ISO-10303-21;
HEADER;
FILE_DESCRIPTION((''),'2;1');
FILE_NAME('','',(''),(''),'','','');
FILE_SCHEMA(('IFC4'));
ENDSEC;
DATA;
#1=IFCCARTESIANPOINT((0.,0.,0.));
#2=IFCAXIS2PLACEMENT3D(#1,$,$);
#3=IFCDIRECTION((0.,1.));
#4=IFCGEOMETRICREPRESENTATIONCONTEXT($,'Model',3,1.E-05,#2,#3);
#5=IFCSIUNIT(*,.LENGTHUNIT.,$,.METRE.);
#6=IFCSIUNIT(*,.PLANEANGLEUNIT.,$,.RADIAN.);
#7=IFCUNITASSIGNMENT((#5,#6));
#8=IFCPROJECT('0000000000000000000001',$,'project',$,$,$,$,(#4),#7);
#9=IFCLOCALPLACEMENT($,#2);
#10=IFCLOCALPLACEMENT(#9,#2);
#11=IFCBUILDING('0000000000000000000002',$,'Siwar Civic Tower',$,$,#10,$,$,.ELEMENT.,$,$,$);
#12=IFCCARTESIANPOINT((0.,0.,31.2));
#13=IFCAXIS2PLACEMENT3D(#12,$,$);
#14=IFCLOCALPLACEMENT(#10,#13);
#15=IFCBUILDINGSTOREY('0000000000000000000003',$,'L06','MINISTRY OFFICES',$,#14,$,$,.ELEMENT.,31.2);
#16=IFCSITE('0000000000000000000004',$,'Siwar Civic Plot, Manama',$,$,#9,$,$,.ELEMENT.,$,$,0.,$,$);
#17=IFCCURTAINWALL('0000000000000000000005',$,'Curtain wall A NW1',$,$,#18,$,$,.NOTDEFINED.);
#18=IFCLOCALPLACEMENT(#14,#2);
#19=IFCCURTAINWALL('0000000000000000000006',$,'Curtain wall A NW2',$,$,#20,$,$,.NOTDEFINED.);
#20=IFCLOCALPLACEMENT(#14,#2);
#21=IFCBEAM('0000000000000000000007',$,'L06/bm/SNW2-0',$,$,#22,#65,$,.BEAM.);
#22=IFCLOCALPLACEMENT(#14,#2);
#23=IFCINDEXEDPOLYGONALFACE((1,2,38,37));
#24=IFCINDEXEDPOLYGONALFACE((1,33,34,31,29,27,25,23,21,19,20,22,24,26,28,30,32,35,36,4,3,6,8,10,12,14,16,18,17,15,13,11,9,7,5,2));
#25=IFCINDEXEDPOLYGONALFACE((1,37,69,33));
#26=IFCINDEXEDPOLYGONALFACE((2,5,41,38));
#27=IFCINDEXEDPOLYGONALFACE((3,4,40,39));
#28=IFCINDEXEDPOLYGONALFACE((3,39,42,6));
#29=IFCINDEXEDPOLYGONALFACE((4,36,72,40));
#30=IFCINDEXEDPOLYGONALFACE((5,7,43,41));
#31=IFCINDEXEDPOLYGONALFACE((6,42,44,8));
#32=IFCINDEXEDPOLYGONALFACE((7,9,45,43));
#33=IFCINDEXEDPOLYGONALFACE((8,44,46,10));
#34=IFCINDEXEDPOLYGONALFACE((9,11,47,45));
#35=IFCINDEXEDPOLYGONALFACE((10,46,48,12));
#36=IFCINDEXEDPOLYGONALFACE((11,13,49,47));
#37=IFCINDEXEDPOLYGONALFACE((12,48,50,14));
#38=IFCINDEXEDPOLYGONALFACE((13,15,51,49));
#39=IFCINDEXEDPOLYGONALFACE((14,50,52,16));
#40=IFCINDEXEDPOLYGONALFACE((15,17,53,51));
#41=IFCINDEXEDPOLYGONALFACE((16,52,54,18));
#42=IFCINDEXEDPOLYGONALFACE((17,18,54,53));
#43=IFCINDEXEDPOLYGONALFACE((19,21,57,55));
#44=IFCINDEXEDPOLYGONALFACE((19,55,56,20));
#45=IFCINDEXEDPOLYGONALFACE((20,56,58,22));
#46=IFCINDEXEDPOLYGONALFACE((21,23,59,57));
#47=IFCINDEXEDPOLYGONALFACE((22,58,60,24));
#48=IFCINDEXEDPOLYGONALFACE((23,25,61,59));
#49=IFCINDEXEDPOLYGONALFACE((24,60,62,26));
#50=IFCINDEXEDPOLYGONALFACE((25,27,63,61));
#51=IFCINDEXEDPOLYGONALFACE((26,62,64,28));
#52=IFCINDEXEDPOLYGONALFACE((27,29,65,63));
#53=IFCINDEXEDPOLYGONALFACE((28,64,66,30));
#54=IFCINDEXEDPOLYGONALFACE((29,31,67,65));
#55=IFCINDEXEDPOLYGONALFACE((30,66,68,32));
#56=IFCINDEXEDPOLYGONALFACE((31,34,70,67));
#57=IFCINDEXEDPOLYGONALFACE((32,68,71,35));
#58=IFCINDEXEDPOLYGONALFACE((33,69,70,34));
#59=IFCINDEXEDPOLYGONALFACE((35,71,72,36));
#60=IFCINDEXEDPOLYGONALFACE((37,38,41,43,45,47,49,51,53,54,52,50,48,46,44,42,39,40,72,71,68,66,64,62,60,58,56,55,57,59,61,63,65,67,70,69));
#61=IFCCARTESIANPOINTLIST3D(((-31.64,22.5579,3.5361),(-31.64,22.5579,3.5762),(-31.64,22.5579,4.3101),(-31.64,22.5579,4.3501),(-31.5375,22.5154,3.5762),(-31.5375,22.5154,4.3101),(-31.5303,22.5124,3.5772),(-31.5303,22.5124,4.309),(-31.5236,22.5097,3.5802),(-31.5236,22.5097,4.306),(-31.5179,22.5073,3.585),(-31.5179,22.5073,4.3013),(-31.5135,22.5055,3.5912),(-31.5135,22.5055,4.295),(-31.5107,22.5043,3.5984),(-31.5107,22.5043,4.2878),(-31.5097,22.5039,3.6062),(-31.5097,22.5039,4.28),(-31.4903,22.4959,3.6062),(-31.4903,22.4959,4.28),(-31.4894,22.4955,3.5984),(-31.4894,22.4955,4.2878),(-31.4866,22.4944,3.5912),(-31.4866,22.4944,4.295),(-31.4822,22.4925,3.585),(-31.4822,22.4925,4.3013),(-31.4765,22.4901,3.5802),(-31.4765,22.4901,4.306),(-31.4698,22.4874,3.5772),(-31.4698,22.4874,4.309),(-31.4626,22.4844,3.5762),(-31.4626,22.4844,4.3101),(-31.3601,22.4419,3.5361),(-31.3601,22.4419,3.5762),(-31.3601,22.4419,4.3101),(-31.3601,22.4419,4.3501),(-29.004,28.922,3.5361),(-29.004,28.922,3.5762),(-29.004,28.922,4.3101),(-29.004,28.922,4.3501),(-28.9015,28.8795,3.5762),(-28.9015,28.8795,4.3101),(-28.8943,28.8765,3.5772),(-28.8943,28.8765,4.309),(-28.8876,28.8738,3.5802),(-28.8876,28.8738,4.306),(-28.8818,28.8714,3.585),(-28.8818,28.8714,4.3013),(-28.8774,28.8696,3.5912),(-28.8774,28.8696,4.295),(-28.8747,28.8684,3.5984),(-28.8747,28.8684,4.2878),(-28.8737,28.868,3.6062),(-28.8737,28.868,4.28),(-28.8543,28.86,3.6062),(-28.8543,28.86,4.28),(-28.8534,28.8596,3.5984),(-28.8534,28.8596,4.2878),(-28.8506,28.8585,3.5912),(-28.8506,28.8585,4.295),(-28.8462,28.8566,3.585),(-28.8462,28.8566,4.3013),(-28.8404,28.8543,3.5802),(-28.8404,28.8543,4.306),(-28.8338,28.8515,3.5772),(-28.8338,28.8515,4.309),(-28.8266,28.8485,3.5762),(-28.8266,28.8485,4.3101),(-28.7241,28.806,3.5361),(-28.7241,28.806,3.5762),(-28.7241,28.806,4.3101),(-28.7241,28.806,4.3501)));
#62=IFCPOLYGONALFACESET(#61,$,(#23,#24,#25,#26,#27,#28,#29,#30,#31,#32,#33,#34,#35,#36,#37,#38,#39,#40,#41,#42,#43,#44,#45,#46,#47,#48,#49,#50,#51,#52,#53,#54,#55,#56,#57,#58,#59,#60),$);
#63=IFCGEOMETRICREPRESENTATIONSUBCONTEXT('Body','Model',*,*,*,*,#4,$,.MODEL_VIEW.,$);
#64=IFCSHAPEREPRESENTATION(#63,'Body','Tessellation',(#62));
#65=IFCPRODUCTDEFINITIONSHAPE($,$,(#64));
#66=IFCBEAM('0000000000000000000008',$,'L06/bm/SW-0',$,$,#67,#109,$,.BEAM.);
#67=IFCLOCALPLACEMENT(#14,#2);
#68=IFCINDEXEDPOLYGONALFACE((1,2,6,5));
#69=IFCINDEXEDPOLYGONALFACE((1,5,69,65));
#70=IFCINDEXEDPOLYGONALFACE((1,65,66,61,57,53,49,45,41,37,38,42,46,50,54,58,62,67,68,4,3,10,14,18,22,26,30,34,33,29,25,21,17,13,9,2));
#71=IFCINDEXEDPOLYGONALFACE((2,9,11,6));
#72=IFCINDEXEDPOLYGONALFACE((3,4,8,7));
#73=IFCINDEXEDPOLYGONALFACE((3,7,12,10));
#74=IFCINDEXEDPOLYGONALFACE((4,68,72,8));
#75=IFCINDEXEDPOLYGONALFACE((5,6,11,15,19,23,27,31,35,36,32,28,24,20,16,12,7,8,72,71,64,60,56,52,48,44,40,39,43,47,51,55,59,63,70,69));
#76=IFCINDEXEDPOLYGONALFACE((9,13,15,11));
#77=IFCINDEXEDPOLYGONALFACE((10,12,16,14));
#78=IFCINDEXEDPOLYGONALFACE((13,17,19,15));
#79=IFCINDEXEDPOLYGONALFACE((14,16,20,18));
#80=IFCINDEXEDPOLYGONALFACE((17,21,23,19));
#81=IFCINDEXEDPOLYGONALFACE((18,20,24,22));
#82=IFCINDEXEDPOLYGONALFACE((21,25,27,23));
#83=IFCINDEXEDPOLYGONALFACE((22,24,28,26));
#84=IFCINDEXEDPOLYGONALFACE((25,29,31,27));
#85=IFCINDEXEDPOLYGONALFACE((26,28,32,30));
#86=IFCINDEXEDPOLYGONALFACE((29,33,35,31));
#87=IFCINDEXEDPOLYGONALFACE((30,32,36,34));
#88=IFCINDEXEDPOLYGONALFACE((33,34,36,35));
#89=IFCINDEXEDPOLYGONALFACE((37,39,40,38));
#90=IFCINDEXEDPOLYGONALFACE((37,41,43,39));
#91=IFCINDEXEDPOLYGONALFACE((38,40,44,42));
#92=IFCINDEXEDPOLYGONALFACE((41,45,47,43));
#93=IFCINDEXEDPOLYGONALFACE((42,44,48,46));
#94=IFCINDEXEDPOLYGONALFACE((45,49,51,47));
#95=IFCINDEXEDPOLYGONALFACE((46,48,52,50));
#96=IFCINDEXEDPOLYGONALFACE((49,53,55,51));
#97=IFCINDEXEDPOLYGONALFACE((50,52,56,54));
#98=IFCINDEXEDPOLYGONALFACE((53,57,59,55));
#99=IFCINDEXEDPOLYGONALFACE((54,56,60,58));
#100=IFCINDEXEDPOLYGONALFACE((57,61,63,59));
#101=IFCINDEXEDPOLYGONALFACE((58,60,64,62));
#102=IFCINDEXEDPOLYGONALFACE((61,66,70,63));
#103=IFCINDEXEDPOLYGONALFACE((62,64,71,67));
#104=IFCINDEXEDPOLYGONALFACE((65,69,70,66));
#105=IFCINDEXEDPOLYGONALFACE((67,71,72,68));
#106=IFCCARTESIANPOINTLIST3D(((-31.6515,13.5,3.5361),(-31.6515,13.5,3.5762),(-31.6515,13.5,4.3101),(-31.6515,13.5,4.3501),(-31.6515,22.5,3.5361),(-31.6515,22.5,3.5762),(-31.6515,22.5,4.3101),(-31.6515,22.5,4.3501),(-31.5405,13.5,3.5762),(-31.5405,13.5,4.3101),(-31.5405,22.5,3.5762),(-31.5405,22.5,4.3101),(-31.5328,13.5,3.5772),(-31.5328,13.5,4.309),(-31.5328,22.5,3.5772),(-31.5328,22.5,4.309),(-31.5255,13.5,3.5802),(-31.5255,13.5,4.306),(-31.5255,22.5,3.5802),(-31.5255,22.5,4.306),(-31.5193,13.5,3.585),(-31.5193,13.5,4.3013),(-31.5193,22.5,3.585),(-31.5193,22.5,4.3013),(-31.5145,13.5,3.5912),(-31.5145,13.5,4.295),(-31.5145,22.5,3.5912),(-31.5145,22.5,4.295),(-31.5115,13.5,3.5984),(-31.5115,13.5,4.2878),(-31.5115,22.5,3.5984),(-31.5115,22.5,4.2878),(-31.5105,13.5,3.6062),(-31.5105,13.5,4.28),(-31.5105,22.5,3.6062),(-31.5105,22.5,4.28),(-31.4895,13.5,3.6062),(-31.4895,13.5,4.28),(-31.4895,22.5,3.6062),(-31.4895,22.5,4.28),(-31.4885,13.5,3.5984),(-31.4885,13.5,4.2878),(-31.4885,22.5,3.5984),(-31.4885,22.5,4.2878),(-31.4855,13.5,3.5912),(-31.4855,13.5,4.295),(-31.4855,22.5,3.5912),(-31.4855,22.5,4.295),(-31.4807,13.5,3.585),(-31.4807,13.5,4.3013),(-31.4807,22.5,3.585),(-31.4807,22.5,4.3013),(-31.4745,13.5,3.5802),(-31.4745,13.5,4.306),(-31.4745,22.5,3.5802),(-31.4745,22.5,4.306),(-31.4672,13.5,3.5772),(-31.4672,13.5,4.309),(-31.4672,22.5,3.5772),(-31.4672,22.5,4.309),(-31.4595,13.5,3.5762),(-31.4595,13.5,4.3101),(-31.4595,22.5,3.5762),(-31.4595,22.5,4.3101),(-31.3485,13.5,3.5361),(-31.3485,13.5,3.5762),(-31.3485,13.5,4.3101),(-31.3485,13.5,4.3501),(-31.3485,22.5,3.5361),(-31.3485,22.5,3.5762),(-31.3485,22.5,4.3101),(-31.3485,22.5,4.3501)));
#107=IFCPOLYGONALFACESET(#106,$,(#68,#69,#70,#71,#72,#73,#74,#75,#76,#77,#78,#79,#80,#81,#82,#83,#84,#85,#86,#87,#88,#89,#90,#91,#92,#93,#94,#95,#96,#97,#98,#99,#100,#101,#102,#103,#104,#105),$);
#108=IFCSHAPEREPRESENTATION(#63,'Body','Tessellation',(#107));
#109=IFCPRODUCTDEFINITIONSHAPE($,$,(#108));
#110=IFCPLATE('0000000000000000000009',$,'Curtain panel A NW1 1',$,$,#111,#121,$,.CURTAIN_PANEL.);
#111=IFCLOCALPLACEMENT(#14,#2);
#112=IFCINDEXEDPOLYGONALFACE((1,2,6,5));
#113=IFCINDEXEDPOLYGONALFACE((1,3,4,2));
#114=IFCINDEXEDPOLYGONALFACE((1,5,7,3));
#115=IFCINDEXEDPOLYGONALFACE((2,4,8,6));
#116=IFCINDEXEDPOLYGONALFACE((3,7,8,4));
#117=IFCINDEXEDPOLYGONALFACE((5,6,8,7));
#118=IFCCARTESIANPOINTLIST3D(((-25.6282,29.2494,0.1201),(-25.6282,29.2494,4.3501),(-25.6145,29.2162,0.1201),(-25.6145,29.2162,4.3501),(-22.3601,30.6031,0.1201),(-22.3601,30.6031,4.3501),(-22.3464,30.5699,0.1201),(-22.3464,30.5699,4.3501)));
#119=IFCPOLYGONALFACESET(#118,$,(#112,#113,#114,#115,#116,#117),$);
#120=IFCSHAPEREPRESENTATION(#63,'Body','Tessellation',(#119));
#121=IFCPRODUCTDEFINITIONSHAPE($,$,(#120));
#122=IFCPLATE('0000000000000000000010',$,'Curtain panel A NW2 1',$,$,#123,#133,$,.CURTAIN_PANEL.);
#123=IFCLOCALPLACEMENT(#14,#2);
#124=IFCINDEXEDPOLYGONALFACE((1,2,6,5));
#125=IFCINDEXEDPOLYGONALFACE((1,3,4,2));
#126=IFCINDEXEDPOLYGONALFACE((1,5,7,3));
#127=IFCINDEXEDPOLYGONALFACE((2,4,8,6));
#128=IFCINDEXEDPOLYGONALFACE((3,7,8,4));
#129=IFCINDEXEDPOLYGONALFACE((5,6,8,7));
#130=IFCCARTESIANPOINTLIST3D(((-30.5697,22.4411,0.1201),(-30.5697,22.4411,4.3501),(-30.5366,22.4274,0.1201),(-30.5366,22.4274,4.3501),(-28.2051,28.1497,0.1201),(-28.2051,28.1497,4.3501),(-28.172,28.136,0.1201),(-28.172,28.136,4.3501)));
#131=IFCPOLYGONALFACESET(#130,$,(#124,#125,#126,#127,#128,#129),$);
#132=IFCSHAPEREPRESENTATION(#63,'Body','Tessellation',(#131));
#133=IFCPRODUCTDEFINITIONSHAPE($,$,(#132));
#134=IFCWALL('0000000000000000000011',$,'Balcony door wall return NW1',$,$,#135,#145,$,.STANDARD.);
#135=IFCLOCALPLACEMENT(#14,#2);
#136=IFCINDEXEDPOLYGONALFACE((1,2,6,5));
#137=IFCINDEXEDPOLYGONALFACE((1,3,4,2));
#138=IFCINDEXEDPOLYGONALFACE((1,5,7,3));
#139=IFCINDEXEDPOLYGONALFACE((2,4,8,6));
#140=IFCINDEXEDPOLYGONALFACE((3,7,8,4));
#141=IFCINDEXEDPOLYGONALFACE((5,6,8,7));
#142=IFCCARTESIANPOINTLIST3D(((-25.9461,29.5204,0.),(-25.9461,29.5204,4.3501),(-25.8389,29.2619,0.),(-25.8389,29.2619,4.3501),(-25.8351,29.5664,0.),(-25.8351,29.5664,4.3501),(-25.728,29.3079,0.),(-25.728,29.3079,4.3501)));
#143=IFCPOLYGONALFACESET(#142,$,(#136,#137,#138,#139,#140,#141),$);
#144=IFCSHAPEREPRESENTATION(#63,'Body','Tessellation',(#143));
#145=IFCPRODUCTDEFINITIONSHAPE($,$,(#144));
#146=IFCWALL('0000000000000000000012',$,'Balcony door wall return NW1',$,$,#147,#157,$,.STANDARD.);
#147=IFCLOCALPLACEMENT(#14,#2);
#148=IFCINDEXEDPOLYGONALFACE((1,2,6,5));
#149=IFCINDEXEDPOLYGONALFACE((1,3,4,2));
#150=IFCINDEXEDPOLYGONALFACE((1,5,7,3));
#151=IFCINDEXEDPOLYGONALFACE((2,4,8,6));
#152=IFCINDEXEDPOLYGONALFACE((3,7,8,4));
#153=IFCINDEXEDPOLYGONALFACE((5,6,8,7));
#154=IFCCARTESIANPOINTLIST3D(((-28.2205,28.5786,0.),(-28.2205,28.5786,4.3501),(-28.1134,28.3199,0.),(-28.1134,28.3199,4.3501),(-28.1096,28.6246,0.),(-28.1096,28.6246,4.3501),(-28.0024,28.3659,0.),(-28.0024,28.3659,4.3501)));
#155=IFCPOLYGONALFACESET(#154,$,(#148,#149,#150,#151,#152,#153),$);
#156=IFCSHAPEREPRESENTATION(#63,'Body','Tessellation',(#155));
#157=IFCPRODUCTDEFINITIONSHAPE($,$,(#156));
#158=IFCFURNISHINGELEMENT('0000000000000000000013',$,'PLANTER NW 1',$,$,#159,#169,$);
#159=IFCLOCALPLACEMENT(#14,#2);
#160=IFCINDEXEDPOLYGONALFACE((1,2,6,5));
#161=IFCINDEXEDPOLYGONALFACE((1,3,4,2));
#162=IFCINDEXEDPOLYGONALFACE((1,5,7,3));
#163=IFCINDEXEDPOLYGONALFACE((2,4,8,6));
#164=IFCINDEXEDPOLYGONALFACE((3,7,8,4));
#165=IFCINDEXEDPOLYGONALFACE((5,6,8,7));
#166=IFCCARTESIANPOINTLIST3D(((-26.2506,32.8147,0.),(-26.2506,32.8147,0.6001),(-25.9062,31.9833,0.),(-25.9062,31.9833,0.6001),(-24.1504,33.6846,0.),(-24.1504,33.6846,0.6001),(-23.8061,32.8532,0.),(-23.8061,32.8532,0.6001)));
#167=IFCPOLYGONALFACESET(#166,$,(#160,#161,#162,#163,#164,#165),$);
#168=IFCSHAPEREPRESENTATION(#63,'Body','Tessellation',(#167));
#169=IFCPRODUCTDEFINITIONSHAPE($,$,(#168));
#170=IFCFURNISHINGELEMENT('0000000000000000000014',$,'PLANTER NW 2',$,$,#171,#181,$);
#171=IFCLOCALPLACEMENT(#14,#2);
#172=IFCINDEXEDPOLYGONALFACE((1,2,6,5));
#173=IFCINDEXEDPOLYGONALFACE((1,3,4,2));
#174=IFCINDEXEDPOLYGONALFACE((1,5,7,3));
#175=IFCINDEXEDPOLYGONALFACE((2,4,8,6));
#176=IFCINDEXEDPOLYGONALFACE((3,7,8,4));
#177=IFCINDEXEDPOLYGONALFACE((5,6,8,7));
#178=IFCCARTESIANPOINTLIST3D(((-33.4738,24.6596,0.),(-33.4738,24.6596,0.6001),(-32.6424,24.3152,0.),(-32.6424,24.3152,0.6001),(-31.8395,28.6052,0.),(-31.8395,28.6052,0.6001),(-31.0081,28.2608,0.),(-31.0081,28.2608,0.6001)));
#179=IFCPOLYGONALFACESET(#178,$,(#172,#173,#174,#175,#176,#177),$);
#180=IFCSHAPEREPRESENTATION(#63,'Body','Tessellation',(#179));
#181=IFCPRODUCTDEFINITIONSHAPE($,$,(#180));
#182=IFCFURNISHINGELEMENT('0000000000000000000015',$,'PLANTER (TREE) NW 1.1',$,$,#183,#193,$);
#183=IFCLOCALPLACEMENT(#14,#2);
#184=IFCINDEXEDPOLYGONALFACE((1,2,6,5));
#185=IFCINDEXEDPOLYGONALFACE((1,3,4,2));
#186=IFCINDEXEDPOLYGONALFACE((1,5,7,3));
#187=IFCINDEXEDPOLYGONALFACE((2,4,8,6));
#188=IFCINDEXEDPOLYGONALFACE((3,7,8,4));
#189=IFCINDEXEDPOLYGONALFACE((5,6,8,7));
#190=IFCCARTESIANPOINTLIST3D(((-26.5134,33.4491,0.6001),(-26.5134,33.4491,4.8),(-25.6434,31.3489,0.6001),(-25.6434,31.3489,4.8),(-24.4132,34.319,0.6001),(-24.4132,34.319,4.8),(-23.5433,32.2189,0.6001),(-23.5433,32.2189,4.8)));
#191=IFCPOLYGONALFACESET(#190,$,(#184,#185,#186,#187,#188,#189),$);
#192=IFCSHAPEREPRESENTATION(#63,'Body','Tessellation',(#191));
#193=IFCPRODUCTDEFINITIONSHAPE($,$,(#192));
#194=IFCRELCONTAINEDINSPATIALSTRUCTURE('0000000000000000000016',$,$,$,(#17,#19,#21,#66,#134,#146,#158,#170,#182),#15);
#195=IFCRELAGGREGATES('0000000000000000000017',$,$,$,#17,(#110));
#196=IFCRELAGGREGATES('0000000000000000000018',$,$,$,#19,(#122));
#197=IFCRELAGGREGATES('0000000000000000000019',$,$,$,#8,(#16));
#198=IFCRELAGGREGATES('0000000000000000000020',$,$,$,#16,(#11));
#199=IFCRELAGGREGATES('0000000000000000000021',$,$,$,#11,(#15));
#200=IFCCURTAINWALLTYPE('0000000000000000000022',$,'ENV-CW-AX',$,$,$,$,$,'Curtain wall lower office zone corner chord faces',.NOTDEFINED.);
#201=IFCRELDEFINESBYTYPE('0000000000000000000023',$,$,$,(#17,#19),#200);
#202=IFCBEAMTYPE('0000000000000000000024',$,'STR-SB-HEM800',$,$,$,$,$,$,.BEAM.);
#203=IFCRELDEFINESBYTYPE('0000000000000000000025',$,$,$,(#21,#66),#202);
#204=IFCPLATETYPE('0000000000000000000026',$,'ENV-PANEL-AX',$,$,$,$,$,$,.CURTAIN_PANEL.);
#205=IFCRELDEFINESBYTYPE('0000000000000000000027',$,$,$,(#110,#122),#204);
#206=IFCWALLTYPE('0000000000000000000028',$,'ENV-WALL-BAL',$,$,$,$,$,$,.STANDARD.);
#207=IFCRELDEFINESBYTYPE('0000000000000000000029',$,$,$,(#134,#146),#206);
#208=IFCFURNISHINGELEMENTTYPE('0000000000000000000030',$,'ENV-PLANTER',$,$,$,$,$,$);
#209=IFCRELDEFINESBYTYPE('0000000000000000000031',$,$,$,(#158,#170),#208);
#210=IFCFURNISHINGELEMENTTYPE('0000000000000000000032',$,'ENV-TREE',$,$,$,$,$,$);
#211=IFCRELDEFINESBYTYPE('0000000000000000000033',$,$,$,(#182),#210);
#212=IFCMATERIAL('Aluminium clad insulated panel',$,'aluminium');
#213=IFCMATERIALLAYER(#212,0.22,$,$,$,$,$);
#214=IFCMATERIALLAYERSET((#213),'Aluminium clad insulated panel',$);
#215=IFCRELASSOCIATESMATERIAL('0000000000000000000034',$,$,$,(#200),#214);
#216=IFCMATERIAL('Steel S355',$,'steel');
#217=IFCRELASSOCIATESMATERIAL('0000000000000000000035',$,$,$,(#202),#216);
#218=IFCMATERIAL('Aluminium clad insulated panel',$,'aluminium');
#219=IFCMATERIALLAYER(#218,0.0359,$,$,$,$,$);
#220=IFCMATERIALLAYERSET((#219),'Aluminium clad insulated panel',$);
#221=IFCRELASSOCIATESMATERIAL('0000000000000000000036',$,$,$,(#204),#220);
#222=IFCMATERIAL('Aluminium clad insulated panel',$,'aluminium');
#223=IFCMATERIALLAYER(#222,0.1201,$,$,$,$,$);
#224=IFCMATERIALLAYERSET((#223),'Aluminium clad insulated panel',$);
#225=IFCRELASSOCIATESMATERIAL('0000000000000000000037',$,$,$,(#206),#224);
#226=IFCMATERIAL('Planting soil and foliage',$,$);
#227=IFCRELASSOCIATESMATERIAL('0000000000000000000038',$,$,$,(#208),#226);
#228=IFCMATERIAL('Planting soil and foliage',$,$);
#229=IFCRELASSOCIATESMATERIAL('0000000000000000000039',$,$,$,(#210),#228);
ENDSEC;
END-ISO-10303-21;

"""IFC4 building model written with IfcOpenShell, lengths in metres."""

from ifc_helpers import new_model, si_unit, direction, frame, frame_2d, origin, origin_2d, place, context, subcontext, project, spatial, rectangle, i_section, extrude, material, layer, layer_set, material_profile, profile_set, type_object, element, aggregate, save


model = new_model("IFC4")

# Units and contexts
model_context = context("Model", 3, precision=1e-05, world=origin(), true_north=direction((0.0, 1.0)))
body_context = subcontext(model_context, "Body", "Model", "MODEL_VIEW")
ifc_project = project(units=[si_unit("LENGTHUNIT", "METRE"), si_unit("PLANEANGLEUNIT", "RADIAN")], contexts=[model_context])

# Site, building, storey
site_placement = place(None, origin())
site = spatial("IfcSite", under=ifc_project, at=site_placement, Name="Siwar Civic Plot, Manama", CompositionType="ELEMENT", RefElevation=0.0)
building_placement = place(site_placement, origin())
building = spatial("IfcBuilding", under=site, at=building_placement, Name="Siwar Civic Tower", CompositionType="ELEMENT")
storey_placement = place(building_placement, frame((0.0, 0.0, 31.2)))
storey = spatial("IfcBuildingStorey", under=building, at=storey_placement, Name="L06", Description="MINISTRY OFFICES", CompositionType="ELEMENT", Elevation=31.2)

# Curtain walls
ifc_material_1 = material(Name="Aluminium clad insulated panel", Category="aluminium")
ifc_layer_1 = layer(ifc_material_1, 0.22)
ifc_layer_set_1 = layer_set([ifc_layer_1], Name="Aluminium clad insulated panel")
curtain_wall_type_1 = type_object("IfcCurtainWallType", Name="ENV-CW-AX", ElementType="Curtain wall lower office zone corner chord faces", PredefinedType="NOTDEFINED", material=ifc_layer_set_1)
curtain_wall_1_placement = place(storey_placement, origin())
curtain_wall_1 = element("IfcCurtainWall", 1, at=curtain_wall_1_placement, inside=storey, type_object=curtain_wall_type_1, Name="Curtain wall A NW1", PredefinedType="NOTDEFINED")
curtain_wall_2_placement = place(storey_placement, origin())
curtain_wall_2 = element("IfcCurtainWall", 2, at=curtain_wall_2_placement, inside=storey, type_object=curtain_wall_type_1, Name="Curtain wall A NW2", PredefinedType="NOTDEFINED")

# Beams
ifc_material_2 = material(Name="Steel S355", Category="steel")
ifc_material_profile_1 = material_profile(ifc_material_2, i_section(OverallWidth=0.303, OverallDepth=0.814, WebThickness=0.021, FlangeThickness=0.04, FilletRadius=0.03, at=origin_2d()), Name="HEM800")
ifc_profile_set_1 = profile_set([ifc_material_profile_1], Name="Steel S355")
beam_type_1 = type_object("IfcBeamType", Name="STR-SB-HEM800", PredefinedType="BEAM", material=ifc_profile_set_1)
beam_1_placement = place(storey_placement, frame((-28.864, 28.864, 3.9431), z_axis=(-0.382674, -0.923883, 0.0), x_axis=(0.923883, -0.382674, 0.0)))
element("IfcBeam", 3, at=beam_1_placement, inside=storey, type_object=beam_type_1, Name="L06/bm/SNW2-0", PredefinedType="BEAM", context=body_context, shape_type="SweptSolid", body=[
    extrude(i_section(OverallWidth=0.303, OverallDepth=0.814, WebThickness=0.021, FlangeThickness=0.04, FilletRadius=0.03, at=origin_2d()), origin(), (0.0, 0.0, 1.0), 6.8884),
])
beam_2_placement = place(storey_placement, frame((-31.5, 22.5, 3.9431), z_axis=(0.0, -1.0, 0.0), x_axis=(1.0, 0.0, 0.0)))
element("IfcBeam", 4, at=beam_2_placement, inside=storey, type_object=beam_type_1, Name="L06/bm/SW-0", PredefinedType="BEAM", context=body_context, shape_type="SweptSolid", body=[
    extrude(i_section(OverallWidth=0.303, OverallDepth=0.814, WebThickness=0.021, FlangeThickness=0.04, FilletRadius=0.03, at=origin_2d()), origin(), (0.0, 0.0, 1.0), 9.0),
])

# Plates
ifc_material_3 = material(Name="Aluminium clad insulated panel", Category="aluminium")
ifc_layer_2 = layer(ifc_material_3, 0.0359)
ifc_layer_set_2 = layer_set([ifc_layer_2], Name="Aluminium clad insulated panel")
plate_type = type_object("IfcPlateType", Name="ENV-PANEL-AX", PredefinedType="CURTAIN_PANEL", material=ifc_layer_set_2)
plate_1_placement = place(storey_placement, frame((-23.9873, 29.9097, 0.1201), z_axis=(0.0, 0.0, 1.0), x_axis=(-0.92388, -0.382683, 0.0)))
plate_1 = element("IfcPlate", 5, at=plate_1_placement, type_object=plate_type, Name="Curtain panel A NW1 1", PredefinedType="CURTAIN_PANEL", context=body_context, shape_type="SweptSolid", body=[
    extrude(rectangle(XDim=3.5374, YDim=0.0359, at=origin_2d()), origin(), (0.0, 0.0, 1.0), 4.23),
])
aggregate(curtain_wall_1, [plate_1])
plate_2_placement = place(storey_placement, frame((-29.3708, 25.2886, 0.1201), z_axis=(0.0, 0.0, 1.0), x_axis=(-0.382683, -0.92388, 0.0)))
plate_2 = element("IfcPlate", 6, at=plate_2_placement, type_object=plate_type, Name="Curtain panel A NW2 1", PredefinedType="CURTAIN_PANEL", context=body_context, shape_type="SweptSolid", body=[
    extrude(rectangle(XDim=6.179, YDim=0.0359, at=origin_2d()), origin(), (0.0, 0.0, 1.0), 4.23),
])
aggregate(curtain_wall_2, [plate_2])

# Walls
ifc_material_4 = material(Name="Aluminium clad insulated panel", Category="aluminium")
ifc_layer_3 = layer(ifc_material_4, 0.1201)
ifc_layer_set_3 = layer_set([ifc_layer_3], Name="Aluminium clad insulated panel")
wall_type = type_object("IfcWallType", Name="ENV-WALL-BAL", PredefinedType="STANDARD", material=ifc_layer_set_3)
wall_1_placement = place(storey_placement, frame((-25.7834, 29.2849, 0.0), z_axis=(0.0, 0.0, 1.0), x_axis=(-0.382942, 0.923772, 0.0)))
element("IfcWall", 7, at=wall_1_placement, inside=storey, type_object=wall_type, Name="Balcony door wall return NW1", PredefinedType="STANDARD", context=body_context, shape_type="SweptSolid", body=[
    extrude(rectangle(XDim=0.2798, YDim=0.1201, at=frame_2d((0.1399, 0.0))), origin(), (0.0, 0.0, 1.0), 4.3501),
])
wall_2_placement = place(storey_placement, frame((-28.0579, 28.3428, 0.0), z_axis=(0.0, 0.0, 1.0), x_axis=(-0.382634, 0.9239, 0.0)))
element("IfcWall", 8, at=wall_2_placement, inside=storey, type_object=wall_type, Name="Balcony door wall return NW1", PredefinedType="STANDARD", context=body_context, shape_type="SweptSolid", body=[
    extrude(rectangle(XDim=0.28, YDim=0.1201, at=frame_2d((0.1401, 0.0))), origin(), (0.0, 0.0, 1.0), 4.3501),
])

# Furnishing elements
ifc_material_5 = material(Name="Planting soil and foliage")
furnishing_element_type_1 = type_object("IfcFurnishingElementType", Name="ENV-PLANTER", material=ifc_material_5)
furnishing_1_placement = place(storey_placement, frame((-25.0283, 32.834, 0.0), z_axis=(0.0, 0.0, 1.0), x_axis=(-0.92388, -0.382683, 0.0)))
element("IfcFurnishingElement", 9, at=furnishing_1_placement, inside=storey, type_object=furnishing_element_type_1, Name="PLANTER NW 1", context=body_context, shape_type="SweptSolid", body=[
    extrude(rectangle(XDim=2.2732, YDim=0.8999, at=origin_2d()), origin(), (0.0, 0.0, 1.0), 0.6001),
])
furnishing_2_placement = place(storey_placement, frame((-32.241, 26.4602, 0.0), z_axis=(0.0, 0.0, 1.0), x_axis=(-0.382683, -0.92388, 0.0)))
element("IfcFurnishingElement", 10, at=furnishing_2_placement, inside=storey, type_object=furnishing_element_type_1, Name="PLANTER NW 2", context=body_context, shape_type="SweptSolid", body=[
    extrude(rectangle(XDim=4.2708, YDim=0.8999, at=origin_2d()), origin(), (0.0, 0.0, 1.0), 0.6001),
])
ifc_material_6 = material(Name="Planting soil and foliage")
furnishing_element_type_2 = type_object("IfcFurnishingElementType", Name="ENV-TREE", material=ifc_material_6)
furnishing_3_placement = place(storey_placement, frame((-25.0283, 32.834, 0.6001), z_axis=(0.0, 0.0, 1.0), x_axis=(-0.92388, -0.382683, 0.0)))
element("IfcFurnishingElement", 11, at=furnishing_3_placement, inside=storey, type_object=furnishing_element_type_2, Name="PLANTER (TREE) NW 1.1", context=body_context, shape_type="SweptSolid", body=[
    extrude(rectangle(XDim=2.2732, YDim=2.2732, at=origin_2d()), origin(), (0.0, 0.0, 1.0), 4.2),
])

save(model, "model.ifc")
